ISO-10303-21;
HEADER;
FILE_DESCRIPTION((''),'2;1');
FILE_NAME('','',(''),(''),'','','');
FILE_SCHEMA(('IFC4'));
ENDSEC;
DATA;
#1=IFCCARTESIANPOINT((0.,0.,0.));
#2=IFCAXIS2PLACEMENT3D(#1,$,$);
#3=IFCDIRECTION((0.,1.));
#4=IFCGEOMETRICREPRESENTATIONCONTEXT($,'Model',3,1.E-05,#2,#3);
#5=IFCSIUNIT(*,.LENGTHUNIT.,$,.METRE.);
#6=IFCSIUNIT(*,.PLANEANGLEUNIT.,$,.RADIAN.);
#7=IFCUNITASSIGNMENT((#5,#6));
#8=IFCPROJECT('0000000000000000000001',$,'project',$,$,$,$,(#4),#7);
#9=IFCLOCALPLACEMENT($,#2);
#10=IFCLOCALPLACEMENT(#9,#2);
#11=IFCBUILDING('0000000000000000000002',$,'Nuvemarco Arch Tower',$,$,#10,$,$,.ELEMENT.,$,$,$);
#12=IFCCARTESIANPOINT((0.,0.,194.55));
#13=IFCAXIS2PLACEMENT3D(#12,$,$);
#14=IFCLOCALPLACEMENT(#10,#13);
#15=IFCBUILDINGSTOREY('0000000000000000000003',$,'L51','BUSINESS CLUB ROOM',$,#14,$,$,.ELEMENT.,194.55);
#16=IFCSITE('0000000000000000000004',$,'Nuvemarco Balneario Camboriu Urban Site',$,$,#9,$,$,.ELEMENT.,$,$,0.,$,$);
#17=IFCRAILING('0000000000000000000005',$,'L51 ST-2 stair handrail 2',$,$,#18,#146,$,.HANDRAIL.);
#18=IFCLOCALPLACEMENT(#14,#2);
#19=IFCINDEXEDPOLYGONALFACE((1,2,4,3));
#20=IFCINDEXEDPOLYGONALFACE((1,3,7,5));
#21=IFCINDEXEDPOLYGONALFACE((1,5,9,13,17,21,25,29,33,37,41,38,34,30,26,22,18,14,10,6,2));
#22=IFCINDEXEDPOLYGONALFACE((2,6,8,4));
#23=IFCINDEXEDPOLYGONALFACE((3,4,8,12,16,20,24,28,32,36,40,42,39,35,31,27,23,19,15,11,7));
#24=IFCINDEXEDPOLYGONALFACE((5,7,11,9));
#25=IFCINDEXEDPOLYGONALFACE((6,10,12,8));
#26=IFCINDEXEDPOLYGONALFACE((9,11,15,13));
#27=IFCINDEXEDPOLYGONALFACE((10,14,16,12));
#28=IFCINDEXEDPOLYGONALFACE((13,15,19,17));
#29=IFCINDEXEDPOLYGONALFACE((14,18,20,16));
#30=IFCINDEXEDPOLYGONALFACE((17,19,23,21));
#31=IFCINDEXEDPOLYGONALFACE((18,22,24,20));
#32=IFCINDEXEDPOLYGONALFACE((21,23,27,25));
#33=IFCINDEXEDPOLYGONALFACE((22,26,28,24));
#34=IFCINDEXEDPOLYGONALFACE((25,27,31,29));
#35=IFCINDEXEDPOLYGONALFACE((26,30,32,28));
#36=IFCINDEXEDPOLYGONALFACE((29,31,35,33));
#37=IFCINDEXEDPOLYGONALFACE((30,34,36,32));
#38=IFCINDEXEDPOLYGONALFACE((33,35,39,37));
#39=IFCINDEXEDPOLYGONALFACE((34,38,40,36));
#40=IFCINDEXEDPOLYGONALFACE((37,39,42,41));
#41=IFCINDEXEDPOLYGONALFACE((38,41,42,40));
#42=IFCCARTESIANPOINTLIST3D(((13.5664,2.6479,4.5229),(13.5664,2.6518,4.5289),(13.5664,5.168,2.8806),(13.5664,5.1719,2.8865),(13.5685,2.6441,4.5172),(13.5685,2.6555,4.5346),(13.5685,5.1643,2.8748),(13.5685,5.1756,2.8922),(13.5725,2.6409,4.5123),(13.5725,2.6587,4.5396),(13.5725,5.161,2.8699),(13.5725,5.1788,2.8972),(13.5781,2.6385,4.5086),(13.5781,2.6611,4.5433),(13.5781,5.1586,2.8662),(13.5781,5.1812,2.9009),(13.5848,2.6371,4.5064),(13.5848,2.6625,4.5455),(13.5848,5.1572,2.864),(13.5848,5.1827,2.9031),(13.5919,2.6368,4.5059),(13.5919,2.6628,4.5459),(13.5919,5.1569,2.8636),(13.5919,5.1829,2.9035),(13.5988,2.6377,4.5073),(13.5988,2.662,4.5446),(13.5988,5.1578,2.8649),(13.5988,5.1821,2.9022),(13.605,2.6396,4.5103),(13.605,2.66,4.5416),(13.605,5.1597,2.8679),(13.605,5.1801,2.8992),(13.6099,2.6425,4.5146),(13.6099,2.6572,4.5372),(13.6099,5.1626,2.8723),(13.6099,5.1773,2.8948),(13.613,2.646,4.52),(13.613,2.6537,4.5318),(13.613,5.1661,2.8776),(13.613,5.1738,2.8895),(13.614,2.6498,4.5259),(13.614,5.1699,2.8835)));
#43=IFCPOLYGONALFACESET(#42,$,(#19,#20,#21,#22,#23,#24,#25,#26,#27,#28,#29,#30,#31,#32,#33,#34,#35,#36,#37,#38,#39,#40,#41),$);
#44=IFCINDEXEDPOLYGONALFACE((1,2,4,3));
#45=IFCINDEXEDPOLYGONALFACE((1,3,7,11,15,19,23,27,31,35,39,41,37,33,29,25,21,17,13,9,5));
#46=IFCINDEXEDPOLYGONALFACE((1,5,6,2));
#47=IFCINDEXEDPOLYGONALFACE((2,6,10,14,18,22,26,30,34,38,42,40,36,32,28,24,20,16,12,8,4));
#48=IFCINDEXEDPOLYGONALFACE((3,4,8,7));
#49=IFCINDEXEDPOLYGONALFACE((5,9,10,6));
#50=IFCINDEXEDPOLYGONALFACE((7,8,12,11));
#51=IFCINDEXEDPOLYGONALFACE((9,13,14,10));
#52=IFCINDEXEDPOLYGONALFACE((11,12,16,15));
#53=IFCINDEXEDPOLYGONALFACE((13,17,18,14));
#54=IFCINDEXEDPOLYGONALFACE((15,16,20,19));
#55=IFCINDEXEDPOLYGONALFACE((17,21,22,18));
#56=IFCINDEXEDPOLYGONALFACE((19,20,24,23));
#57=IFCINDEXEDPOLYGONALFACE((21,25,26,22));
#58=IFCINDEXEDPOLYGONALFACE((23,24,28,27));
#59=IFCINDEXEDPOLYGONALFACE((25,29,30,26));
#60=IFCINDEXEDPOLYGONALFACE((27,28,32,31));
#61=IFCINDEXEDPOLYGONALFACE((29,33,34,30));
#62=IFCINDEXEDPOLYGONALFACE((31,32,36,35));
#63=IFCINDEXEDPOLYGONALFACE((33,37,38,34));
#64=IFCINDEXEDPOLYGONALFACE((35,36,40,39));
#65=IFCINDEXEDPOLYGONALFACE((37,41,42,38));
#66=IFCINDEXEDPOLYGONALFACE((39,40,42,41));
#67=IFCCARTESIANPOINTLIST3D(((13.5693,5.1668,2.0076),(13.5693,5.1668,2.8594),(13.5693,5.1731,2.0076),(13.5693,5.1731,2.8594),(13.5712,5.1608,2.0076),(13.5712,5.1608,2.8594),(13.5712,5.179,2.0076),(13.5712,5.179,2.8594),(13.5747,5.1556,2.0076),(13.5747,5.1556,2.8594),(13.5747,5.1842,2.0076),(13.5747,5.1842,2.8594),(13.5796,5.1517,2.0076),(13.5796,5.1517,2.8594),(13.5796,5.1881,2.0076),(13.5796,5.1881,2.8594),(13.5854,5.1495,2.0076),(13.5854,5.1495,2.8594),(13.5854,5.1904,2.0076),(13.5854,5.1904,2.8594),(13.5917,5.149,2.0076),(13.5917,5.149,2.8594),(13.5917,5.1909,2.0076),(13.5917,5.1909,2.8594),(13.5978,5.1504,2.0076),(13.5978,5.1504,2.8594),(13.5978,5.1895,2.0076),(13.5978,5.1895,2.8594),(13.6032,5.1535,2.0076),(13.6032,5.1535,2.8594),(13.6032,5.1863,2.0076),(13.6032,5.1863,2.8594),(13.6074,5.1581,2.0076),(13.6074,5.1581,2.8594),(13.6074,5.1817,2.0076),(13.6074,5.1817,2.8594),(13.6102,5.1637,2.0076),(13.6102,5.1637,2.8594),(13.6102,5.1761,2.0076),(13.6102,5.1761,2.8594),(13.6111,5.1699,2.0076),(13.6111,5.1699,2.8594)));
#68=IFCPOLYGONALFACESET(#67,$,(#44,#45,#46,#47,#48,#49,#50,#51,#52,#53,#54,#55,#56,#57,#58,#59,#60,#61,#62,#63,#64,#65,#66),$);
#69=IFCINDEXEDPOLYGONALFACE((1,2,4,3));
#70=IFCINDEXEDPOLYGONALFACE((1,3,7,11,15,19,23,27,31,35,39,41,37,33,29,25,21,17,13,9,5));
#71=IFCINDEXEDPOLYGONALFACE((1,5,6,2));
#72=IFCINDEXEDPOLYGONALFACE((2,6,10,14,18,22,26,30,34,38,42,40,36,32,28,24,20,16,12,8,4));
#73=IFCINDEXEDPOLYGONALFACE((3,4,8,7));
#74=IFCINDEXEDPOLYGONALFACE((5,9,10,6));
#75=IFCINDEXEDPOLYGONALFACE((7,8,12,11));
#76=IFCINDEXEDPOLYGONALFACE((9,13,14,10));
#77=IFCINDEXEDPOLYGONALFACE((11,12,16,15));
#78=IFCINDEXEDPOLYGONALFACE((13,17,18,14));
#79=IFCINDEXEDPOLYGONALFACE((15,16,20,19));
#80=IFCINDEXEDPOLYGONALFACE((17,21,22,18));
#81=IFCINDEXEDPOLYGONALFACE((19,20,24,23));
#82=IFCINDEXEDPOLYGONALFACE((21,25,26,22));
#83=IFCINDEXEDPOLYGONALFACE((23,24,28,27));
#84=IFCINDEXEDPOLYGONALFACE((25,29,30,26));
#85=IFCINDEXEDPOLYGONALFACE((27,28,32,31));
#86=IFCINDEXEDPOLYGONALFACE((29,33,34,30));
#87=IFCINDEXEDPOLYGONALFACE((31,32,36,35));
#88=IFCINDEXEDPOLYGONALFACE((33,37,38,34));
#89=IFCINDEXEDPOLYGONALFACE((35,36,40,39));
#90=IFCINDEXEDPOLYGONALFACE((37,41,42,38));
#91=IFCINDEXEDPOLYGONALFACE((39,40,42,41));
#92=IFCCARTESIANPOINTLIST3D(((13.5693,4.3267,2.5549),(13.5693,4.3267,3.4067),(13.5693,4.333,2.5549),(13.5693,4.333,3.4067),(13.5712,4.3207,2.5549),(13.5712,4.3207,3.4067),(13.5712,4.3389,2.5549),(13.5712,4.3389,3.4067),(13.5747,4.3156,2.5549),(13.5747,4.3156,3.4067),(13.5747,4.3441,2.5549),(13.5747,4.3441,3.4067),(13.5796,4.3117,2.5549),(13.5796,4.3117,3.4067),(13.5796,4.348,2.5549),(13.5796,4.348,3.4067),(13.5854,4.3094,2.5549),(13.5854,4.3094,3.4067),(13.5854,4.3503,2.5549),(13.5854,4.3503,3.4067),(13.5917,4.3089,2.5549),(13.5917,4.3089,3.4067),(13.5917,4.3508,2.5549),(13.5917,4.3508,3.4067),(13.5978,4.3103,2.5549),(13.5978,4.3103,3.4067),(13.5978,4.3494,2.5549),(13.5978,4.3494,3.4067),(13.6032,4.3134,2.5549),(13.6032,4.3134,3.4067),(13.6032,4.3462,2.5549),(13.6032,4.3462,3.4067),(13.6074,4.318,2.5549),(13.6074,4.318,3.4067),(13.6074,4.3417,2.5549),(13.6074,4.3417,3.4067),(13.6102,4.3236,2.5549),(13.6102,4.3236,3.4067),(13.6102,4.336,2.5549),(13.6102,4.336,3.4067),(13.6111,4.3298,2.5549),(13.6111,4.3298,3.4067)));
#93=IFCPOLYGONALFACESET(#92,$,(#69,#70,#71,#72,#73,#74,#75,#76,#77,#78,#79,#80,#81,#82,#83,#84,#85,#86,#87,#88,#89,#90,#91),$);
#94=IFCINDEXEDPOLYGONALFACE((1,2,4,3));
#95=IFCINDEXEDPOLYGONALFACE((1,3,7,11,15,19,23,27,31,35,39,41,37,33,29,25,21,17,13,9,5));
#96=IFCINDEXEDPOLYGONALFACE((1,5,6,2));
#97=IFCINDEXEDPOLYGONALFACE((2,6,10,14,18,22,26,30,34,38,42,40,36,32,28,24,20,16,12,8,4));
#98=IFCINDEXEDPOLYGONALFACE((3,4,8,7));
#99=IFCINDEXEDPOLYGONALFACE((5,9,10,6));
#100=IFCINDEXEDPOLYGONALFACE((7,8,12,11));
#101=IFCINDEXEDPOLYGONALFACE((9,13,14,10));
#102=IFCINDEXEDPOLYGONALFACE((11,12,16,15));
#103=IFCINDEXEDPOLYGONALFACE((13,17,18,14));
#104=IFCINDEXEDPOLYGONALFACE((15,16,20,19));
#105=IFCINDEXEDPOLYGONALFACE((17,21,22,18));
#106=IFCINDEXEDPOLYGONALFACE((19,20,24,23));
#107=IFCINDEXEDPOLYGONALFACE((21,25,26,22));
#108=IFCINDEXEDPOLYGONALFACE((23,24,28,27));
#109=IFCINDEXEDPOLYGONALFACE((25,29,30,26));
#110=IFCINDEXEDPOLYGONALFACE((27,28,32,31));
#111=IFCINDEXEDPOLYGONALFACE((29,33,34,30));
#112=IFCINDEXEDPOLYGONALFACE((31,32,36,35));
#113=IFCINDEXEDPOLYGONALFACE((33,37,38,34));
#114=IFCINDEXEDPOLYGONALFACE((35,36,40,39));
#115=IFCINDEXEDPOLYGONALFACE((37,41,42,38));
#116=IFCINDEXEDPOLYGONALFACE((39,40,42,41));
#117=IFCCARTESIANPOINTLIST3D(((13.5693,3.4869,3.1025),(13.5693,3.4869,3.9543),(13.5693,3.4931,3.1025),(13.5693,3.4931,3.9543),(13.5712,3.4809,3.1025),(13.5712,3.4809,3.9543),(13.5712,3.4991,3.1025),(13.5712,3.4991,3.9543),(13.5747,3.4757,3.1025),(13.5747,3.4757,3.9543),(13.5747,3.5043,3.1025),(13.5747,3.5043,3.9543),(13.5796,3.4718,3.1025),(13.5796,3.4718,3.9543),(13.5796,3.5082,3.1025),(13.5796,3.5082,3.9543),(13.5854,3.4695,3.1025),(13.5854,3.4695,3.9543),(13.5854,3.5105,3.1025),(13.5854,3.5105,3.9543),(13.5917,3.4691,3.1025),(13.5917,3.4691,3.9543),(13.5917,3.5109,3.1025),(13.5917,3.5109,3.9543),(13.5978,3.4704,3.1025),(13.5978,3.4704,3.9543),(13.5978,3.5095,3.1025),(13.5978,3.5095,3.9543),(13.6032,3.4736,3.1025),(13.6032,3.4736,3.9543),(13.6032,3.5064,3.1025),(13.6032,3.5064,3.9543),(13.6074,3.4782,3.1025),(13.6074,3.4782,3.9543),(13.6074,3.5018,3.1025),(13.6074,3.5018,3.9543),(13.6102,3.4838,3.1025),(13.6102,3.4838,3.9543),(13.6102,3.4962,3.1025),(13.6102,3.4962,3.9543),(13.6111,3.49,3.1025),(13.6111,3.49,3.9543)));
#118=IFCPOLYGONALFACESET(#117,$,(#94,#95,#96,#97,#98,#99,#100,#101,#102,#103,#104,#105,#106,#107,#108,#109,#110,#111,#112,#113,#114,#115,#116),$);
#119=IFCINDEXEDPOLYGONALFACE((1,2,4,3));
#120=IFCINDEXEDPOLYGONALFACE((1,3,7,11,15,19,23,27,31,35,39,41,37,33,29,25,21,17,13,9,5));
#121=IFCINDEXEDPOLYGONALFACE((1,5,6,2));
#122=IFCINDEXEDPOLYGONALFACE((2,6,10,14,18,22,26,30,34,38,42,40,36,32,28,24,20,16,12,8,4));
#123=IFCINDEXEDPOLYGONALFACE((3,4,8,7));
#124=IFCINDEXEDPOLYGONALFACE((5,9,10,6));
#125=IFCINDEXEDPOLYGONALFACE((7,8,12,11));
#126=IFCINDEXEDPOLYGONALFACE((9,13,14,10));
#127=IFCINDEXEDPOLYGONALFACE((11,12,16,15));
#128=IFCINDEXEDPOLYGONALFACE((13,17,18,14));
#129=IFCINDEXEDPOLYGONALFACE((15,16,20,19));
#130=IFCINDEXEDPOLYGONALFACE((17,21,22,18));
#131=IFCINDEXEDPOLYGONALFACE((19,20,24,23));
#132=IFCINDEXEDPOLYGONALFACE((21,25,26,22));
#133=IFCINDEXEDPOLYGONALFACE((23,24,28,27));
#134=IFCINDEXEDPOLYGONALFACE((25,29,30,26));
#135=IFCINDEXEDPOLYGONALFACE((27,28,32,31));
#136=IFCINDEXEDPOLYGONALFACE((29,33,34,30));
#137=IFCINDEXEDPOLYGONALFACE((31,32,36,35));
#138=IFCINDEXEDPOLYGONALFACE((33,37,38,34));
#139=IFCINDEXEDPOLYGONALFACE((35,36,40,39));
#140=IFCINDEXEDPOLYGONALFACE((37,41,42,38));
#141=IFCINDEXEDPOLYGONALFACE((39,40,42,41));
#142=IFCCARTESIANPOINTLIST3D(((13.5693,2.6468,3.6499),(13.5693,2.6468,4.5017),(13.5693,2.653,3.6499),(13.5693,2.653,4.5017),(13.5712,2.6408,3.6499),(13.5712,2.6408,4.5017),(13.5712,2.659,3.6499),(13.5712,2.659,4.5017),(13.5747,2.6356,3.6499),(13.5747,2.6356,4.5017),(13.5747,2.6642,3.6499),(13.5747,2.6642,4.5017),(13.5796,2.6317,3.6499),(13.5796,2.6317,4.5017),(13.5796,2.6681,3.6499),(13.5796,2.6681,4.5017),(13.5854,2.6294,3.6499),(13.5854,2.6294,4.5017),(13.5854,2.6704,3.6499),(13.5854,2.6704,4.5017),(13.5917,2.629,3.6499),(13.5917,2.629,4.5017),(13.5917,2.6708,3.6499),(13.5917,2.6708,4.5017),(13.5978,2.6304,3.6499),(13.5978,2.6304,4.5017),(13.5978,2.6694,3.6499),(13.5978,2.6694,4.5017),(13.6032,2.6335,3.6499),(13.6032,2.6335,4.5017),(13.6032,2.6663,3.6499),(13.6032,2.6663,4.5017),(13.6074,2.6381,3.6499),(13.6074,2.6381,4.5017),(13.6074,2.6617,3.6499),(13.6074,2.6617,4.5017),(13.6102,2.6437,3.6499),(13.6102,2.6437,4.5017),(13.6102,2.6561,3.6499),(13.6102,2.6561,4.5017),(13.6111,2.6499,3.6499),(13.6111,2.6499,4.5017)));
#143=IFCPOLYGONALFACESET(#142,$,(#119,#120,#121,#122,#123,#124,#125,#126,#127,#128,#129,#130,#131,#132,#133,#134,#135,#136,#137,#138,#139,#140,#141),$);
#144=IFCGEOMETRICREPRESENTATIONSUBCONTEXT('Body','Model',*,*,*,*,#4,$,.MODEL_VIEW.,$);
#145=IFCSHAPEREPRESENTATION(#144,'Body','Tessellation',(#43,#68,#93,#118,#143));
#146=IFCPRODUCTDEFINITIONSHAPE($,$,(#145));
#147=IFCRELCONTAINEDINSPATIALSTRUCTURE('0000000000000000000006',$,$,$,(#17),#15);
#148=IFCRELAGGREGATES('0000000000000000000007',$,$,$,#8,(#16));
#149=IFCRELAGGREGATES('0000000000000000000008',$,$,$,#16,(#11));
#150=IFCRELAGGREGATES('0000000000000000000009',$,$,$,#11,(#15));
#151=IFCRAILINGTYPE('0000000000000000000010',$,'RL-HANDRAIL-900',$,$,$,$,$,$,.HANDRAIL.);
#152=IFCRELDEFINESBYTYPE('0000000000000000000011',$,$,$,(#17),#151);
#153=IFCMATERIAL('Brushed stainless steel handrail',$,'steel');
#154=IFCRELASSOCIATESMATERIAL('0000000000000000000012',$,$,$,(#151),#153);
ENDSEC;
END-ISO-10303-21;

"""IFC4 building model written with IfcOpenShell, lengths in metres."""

from ifc_helpers import new_model, si_unit, direction, frame, origin, origin_2d, place, context, subcontext, project, spatial, circle, extrude, material, type_object, element, save


model = new_model("IFC4")

# Units and contexts
model_context = context("Model", 3, precision=1e-05, world=origin(), true_north=direction((0.0, 1.0)))
body_context = subcontext(model_context, "Body", "Model", "MODEL_VIEW")
ifc_project = project(units=[si_unit("LENGTHUNIT", "METRE"), si_unit("PLANEANGLEUNIT", "RADIAN")], contexts=[model_context])

# Site, building, storey
site_placement = place(None, origin())
site = spatial("IfcSite", under=ifc_project, at=site_placement, Name="Nuvemarco Balneario Camboriu Urban Site", CompositionType="ELEMENT", RefElevation=0.0)
building_placement = place(site_placement, origin())
building = spatial("IfcBuilding", under=site, at=building_placement, Name="Nuvemarco Arch Tower", CompositionType="ELEMENT")
storey_placement = place(building_placement, frame((0.0, 0.0, 194.55)))
storey = spatial("IfcBuildingStorey", under=building, at=storey_placement, Name="L51", Description="BUSINESS CLUB ROOM", CompositionType="ELEMENT", Elevation=194.55)

# Railing
ifc_material_1 = material(Name="Brushed stainless steel handrail", Category="steel")
railing_type_1 = type_object("IfcRailingType", Name="RL-HANDRAIL-900", PredefinedType="HANDRAIL", material=ifc_material_1)
railing_1_placement = place(storey_placement, frame((13.5901, 5.1699, 2.0076)))
element("IfcRailing", 1, at=railing_1_placement, inside=storey, type_object=railing_type_1, Name="L51 ST-2 stair handrail 2", PredefinedType="HANDRAIL", context=body_context, shape_type="SweptSolid", body=[
    extrude(circle(Radius=0.0239, at=origin_2d()), frame((0.0, 0.0, 0.876), z_axis=(0.0, -0.837787, 0.545998), x_axis=(1.0, 0.0, 0.0)), (0.0, 0.0, 1.0), 3.0081),
    extrude(circle(Radius=0.021, at=origin_2d()), origin(), (0.0, 0.0, 1.0), 0.8518),
    extrude(circle(Radius=0.021, at=origin_2d()), frame((0.0, -0.8401, 0.5474)), (0.0, 0.0, 1.0), 0.8518),
    extrude(circle(Radius=0.021, at=origin_2d()), frame((0.0, -1.6799, 1.095)), (0.0, 0.0, 1.0), 0.8518),
    extrude(circle(Radius=0.021, at=origin_2d()), frame((0.0, -2.52, 1.6423)), (0.0, 0.0, 1.0), 0.8518),
])

save(model, "model.ifc")
